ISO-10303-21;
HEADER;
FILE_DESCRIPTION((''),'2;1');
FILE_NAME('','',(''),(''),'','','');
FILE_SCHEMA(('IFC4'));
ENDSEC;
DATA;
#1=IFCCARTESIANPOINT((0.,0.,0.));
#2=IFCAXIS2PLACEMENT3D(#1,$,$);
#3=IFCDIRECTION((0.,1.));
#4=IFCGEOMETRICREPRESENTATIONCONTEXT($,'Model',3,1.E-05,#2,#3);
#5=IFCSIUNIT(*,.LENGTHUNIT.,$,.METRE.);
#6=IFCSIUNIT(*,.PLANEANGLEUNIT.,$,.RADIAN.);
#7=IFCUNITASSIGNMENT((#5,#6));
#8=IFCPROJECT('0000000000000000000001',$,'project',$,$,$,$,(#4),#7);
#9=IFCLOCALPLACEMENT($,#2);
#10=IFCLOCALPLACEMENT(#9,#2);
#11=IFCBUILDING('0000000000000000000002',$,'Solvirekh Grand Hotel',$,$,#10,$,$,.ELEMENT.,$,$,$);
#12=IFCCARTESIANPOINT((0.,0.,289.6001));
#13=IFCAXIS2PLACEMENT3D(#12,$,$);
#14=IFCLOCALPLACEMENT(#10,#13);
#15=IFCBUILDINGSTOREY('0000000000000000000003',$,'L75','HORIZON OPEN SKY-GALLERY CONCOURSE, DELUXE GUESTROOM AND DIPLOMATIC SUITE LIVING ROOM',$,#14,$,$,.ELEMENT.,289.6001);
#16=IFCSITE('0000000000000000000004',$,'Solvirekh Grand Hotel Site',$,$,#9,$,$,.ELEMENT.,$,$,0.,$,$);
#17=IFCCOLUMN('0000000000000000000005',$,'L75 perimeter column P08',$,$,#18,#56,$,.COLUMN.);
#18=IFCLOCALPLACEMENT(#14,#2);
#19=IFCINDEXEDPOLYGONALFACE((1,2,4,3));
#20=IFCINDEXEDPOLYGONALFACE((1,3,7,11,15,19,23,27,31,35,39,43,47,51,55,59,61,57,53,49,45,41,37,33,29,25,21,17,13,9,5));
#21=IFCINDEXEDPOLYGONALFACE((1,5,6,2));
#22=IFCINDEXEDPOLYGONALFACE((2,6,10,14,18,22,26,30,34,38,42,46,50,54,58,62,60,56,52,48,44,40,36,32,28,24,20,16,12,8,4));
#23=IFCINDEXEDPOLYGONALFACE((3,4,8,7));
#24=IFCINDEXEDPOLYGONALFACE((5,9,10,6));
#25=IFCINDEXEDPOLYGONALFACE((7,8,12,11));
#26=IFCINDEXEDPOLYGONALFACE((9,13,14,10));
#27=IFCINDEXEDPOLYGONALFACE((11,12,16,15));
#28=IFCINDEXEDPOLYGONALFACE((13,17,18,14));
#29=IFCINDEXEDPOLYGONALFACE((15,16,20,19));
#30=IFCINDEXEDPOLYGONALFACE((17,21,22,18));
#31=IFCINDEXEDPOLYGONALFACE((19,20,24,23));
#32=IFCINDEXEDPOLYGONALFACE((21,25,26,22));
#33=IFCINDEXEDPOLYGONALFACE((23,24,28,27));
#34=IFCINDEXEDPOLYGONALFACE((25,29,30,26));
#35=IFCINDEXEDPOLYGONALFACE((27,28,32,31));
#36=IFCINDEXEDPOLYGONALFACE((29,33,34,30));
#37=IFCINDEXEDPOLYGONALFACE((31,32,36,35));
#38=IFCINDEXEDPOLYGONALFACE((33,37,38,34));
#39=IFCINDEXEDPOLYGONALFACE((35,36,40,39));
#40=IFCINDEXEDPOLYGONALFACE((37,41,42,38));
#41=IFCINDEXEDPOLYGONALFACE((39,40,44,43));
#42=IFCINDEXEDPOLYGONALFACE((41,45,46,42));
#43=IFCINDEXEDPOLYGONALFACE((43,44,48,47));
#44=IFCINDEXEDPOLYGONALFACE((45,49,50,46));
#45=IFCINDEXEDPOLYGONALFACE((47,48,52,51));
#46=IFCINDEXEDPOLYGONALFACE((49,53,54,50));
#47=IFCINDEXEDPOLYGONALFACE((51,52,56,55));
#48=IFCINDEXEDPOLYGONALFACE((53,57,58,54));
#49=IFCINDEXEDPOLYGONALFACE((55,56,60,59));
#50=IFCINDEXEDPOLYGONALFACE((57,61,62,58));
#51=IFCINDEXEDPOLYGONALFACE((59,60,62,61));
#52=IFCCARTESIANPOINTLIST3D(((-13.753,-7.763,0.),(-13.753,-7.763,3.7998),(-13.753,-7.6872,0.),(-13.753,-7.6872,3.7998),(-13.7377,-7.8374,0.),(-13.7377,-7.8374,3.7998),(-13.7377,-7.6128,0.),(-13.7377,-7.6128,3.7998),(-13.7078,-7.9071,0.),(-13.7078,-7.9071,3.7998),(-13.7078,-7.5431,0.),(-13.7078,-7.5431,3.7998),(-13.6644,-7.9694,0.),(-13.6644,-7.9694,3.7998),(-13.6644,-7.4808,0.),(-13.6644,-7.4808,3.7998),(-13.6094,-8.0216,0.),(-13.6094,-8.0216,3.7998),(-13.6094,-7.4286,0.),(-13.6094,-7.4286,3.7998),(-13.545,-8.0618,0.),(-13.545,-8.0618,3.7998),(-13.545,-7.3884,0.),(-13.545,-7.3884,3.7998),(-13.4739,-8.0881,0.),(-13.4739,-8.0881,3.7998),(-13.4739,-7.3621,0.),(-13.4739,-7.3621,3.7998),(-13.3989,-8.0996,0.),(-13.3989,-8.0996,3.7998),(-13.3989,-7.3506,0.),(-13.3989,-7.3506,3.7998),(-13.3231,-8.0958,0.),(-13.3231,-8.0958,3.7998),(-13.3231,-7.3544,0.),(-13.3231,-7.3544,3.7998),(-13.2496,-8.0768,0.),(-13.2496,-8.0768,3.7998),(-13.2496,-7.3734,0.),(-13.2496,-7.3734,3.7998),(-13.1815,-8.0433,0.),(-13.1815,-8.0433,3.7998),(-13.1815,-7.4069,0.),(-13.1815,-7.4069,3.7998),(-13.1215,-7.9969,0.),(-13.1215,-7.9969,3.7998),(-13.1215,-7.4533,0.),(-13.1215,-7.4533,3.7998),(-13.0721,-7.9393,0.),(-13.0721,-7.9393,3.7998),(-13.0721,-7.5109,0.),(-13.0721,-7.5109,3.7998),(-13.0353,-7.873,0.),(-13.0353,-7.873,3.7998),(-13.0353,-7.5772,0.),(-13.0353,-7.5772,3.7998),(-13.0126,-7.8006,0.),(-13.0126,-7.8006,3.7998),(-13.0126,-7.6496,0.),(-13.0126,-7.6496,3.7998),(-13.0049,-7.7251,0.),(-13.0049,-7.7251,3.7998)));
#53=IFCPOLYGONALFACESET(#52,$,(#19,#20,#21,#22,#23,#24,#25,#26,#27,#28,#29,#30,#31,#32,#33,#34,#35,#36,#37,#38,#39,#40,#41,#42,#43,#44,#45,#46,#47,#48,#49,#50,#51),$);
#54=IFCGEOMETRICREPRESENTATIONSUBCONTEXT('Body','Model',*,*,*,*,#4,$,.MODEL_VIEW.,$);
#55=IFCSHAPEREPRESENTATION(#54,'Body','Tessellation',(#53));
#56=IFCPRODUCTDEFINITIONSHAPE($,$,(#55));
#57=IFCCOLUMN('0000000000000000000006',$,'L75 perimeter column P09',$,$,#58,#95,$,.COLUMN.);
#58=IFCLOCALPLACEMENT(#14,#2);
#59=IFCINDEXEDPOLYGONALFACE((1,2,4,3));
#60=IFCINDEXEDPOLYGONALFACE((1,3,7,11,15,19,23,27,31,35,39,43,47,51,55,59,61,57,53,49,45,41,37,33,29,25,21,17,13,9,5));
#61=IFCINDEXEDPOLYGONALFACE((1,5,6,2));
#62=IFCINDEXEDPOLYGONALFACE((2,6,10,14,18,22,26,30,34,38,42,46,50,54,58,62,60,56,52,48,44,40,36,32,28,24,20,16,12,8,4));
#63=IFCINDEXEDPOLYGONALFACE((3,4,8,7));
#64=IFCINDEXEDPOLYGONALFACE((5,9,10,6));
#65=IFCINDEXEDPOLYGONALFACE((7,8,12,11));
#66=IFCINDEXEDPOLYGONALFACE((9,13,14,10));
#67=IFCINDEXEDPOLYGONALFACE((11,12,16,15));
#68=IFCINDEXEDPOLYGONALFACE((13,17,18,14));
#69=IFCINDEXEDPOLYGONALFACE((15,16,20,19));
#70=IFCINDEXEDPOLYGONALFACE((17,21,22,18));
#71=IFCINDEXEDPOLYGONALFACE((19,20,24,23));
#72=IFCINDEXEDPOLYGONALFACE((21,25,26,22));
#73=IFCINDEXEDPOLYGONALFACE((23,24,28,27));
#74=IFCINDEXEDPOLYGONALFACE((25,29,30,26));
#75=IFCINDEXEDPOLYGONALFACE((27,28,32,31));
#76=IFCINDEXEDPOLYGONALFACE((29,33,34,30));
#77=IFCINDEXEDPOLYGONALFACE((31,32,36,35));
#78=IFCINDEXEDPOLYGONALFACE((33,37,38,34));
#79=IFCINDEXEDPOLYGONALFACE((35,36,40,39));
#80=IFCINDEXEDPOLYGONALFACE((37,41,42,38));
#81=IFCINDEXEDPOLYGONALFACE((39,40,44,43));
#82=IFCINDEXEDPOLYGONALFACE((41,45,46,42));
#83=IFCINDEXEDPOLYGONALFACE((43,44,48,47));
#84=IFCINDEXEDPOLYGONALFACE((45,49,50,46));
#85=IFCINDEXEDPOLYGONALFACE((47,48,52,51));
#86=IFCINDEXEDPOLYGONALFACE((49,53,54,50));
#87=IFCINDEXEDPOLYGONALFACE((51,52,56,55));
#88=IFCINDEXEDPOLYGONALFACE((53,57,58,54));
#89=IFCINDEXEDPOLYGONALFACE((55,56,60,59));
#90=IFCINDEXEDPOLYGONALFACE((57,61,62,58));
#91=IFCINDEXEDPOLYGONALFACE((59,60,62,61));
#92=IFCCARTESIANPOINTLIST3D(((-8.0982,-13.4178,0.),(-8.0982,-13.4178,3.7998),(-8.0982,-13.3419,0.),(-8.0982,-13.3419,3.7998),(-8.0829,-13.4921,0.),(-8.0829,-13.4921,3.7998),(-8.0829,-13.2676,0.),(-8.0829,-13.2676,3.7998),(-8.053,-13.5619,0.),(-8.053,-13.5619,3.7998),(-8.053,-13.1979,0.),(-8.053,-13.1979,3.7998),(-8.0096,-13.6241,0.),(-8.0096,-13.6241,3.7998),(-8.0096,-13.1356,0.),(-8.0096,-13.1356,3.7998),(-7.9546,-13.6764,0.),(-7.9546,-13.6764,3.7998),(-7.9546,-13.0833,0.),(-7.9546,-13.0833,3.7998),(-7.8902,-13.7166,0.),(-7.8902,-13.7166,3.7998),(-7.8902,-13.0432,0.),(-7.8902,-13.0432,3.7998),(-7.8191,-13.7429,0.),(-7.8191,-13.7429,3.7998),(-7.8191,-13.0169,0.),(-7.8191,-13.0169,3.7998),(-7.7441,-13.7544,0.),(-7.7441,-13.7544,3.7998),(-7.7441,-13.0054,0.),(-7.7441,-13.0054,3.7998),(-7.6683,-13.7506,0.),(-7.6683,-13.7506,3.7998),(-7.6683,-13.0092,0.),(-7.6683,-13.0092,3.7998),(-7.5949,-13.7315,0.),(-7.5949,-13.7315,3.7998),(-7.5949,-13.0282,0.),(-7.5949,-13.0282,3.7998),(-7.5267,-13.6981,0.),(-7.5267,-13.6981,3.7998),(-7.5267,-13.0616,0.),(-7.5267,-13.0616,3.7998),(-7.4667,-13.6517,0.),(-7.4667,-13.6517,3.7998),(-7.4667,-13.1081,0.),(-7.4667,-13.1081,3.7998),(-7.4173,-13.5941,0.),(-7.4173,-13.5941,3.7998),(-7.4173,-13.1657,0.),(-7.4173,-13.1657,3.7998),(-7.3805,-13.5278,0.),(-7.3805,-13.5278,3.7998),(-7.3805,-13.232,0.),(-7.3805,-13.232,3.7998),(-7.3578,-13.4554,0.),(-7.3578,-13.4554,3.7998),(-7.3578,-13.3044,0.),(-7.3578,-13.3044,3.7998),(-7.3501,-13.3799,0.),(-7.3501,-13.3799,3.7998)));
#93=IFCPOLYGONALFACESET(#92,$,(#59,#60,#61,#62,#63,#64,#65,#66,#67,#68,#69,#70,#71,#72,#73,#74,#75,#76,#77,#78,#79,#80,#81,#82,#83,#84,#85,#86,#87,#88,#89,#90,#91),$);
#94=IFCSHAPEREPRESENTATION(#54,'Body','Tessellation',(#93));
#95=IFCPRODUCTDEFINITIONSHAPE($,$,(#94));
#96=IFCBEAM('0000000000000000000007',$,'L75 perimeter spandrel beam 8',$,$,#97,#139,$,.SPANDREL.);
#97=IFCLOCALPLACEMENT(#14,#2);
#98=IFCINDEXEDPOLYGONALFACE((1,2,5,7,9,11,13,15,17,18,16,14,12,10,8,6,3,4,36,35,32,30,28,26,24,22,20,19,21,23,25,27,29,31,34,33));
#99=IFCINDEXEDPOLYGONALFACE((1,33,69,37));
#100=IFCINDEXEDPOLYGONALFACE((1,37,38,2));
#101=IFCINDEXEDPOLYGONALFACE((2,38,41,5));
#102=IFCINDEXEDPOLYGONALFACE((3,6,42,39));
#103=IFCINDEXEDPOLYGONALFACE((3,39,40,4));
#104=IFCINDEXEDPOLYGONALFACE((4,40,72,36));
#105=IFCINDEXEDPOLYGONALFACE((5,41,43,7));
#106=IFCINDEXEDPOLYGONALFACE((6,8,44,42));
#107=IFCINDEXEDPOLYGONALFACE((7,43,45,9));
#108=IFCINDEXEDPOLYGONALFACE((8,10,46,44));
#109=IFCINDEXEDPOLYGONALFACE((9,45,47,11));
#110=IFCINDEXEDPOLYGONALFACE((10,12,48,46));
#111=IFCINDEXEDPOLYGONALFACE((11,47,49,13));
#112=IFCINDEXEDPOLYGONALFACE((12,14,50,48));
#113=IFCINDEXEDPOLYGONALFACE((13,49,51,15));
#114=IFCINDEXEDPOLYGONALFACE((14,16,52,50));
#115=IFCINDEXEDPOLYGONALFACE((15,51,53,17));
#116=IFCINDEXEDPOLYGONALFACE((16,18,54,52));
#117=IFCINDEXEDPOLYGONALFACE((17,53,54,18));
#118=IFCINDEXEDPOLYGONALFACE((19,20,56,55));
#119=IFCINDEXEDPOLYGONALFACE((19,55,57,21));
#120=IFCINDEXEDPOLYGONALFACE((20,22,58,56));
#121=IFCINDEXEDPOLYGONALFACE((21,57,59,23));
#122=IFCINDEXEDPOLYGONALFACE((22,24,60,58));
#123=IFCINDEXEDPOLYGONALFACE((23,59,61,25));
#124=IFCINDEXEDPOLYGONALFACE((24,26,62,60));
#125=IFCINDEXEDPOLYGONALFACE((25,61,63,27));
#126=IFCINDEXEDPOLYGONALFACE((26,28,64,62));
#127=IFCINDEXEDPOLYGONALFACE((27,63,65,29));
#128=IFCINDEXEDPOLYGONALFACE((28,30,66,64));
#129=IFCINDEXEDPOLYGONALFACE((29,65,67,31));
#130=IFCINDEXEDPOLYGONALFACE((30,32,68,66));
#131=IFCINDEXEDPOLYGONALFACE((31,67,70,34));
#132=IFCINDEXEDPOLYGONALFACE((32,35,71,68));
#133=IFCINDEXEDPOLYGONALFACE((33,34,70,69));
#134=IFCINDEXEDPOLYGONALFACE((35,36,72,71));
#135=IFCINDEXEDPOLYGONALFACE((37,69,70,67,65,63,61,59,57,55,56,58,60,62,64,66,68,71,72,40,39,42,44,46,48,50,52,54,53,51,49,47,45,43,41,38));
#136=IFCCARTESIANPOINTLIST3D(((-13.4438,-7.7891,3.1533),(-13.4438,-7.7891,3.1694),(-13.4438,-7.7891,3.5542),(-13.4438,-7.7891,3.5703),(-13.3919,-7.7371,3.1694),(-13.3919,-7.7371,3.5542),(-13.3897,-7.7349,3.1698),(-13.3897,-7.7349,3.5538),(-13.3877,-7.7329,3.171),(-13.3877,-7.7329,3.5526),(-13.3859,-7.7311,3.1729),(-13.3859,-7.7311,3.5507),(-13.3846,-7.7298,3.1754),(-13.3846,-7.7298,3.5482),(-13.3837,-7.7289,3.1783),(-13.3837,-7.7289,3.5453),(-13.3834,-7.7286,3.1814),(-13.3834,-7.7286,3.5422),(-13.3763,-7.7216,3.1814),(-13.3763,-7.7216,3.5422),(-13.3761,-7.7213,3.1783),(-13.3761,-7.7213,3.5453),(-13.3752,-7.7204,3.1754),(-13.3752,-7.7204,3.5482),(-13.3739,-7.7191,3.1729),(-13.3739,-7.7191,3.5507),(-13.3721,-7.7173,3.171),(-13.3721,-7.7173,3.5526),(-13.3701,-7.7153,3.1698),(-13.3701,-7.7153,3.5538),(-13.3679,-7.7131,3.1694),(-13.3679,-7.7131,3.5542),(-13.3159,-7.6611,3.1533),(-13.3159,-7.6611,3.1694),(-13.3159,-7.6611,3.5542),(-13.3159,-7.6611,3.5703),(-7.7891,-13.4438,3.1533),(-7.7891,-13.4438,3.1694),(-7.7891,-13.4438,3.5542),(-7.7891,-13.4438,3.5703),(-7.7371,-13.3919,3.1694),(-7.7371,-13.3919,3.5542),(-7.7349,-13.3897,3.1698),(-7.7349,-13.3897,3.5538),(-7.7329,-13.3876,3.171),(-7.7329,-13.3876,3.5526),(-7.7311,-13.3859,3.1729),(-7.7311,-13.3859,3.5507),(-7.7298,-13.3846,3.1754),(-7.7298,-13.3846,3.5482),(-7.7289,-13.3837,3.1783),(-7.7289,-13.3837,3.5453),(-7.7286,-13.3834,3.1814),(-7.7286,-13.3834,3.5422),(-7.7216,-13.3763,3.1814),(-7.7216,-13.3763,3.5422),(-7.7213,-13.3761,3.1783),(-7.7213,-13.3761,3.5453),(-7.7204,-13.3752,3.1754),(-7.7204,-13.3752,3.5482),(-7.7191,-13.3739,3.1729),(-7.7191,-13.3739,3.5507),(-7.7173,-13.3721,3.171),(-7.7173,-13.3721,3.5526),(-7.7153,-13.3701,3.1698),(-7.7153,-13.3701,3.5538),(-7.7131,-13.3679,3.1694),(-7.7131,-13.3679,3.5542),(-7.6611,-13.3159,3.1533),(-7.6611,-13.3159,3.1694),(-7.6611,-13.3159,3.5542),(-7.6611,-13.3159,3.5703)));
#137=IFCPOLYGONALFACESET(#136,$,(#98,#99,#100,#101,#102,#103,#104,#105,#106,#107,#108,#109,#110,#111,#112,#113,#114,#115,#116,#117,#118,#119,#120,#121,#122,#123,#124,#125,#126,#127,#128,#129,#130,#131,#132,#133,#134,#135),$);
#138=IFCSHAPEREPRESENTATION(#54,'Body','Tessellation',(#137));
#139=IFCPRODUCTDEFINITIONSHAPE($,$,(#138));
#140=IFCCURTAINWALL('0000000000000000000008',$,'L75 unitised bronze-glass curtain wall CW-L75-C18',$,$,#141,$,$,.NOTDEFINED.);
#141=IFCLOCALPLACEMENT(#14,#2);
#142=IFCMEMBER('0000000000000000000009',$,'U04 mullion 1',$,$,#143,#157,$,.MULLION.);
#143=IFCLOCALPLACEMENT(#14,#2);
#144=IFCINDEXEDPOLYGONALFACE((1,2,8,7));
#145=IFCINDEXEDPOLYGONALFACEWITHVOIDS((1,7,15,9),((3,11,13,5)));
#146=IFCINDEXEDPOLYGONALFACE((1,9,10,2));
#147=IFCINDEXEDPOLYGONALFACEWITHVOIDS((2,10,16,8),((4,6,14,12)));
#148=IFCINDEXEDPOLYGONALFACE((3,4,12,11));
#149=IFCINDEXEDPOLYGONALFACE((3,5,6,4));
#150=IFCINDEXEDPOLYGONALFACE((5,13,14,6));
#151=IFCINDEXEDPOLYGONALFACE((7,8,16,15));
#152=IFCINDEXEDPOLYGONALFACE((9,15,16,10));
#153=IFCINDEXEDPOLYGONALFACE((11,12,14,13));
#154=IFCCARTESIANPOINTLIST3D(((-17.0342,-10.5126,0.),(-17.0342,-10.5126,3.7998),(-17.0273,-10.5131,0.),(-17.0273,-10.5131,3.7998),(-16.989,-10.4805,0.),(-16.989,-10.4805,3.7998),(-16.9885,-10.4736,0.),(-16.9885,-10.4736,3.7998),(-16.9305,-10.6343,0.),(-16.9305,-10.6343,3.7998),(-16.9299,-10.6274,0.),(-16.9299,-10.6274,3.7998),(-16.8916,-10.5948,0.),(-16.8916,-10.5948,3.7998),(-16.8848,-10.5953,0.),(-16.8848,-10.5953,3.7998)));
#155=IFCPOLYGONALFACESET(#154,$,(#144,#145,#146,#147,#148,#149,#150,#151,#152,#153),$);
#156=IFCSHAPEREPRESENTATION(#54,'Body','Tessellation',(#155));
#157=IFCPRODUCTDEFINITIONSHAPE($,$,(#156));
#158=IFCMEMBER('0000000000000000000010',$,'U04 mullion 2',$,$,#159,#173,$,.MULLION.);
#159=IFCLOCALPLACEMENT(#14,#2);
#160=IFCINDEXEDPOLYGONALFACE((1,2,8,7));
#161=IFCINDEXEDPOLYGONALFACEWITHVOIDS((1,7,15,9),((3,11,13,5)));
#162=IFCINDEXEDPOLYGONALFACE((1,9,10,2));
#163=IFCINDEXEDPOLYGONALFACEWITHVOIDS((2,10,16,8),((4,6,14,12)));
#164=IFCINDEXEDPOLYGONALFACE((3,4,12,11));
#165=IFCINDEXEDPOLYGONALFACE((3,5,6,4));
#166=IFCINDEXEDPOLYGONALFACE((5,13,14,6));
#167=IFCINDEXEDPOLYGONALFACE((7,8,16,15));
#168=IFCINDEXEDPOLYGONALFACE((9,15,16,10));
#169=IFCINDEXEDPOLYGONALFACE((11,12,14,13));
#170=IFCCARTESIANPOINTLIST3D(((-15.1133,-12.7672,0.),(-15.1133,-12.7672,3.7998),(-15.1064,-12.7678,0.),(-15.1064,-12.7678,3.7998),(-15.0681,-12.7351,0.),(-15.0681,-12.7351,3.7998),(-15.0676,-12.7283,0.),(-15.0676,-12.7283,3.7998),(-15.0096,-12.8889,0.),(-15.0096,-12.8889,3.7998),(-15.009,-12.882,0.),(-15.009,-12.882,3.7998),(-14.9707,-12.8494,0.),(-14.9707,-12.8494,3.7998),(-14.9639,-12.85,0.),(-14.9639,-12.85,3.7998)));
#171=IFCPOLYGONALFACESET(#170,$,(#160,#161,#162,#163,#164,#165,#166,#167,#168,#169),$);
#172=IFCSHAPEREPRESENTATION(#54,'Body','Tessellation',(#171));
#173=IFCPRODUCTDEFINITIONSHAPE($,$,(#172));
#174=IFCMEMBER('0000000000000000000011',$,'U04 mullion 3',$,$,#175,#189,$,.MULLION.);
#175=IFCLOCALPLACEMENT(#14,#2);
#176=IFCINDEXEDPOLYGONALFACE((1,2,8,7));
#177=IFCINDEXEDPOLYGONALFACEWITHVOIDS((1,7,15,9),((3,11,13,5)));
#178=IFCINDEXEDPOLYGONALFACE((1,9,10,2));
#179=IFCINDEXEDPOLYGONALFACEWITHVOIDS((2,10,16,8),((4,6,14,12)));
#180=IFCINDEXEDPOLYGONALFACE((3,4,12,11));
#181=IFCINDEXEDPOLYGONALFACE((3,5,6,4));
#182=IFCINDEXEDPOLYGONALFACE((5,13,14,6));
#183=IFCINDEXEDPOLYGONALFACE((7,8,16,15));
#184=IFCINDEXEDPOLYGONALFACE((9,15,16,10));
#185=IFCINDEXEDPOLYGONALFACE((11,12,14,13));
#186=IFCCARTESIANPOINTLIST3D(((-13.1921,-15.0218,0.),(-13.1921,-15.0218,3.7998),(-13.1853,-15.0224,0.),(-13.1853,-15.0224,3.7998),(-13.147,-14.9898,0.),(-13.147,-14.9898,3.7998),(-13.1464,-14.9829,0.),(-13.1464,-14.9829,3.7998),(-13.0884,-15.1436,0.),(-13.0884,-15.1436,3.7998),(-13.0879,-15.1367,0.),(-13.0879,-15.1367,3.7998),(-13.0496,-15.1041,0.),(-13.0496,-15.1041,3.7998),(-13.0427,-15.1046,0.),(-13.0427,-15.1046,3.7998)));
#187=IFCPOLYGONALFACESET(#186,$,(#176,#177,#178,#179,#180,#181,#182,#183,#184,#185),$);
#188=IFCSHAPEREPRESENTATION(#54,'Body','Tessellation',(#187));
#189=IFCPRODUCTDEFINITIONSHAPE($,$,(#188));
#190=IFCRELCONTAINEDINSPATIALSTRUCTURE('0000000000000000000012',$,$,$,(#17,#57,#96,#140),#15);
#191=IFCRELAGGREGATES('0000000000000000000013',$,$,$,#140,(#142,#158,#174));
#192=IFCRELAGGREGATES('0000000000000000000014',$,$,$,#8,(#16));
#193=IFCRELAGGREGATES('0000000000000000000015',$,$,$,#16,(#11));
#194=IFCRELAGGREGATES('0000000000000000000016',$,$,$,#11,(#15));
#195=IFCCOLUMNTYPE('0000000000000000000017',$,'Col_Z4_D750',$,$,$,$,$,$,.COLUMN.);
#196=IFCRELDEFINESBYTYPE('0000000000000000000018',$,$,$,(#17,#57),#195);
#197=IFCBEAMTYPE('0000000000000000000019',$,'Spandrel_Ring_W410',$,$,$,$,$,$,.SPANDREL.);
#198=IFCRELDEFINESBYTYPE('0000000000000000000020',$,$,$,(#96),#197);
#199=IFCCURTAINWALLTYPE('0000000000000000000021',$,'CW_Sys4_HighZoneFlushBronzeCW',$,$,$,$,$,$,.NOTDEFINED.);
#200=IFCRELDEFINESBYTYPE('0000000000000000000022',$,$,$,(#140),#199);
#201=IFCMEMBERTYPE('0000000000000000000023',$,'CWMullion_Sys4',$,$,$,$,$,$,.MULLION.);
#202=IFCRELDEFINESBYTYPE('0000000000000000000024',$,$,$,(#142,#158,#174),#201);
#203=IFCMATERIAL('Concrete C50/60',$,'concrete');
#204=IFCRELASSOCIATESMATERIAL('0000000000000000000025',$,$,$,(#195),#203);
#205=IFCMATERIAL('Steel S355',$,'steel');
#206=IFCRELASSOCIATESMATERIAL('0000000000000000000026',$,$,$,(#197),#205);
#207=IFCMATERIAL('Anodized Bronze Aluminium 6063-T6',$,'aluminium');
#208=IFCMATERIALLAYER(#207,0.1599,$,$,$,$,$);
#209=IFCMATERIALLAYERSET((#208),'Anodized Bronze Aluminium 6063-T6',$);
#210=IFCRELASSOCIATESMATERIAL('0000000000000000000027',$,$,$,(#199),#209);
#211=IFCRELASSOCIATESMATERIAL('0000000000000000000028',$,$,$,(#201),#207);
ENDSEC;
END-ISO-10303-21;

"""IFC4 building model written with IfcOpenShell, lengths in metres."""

from ifc_helpers import new_model, si_unit, direction, frame, origin, origin_2d, place, context, subcontext, project, spatial, hollow_rectangle, circle, i_section, extrude, source, transform, mapped, material, layer, layer_set, material_profile, profile_set, type_object, element, aggregate, save


model = new_model("IFC4")

# Units and contexts
model_context = context("Model", 3, precision=1e-05, world=origin(), true_north=direction((0.0, 1.0)))
body_context = subcontext(model_context, "Body", "Model", "MODEL_VIEW")
ifc_project = project(units=[si_unit("LENGTHUNIT", "METRE"), si_unit("PLANEANGLEUNIT", "RADIAN")], contexts=[model_context])

# Site, building, storey
site_placement = place(None, origin())
site = spatial("IfcSite", under=ifc_project, at=site_placement, Name="Solvirekh Grand Hotel Site", CompositionType="ELEMENT", RefElevation=0.0)
building_placement = place(site_placement, origin())
building = spatial("IfcBuilding", under=site, at=building_placement, Name="Solvirekh Grand Hotel", CompositionType="ELEMENT")
storey_placement = place(building_placement, frame((0.0, 0.0, 289.6001)))
storey = spatial("IfcBuildingStorey", under=building, at=storey_placement, Name="L75", Description="HORIZON OPEN SKY-GALLERY CONCOURSE, DELUXE GUESTROOM AND DIPLOMATIC SUITE LIVING ROOM", CompositionType="ELEMENT", Elevation=289.6001)

# Columns
ifc_material_1 = material(Name="Concrete C50/60", Category="concrete")
ifc_material_profile_1 = material_profile(ifc_material_1, circle(Radius=0.375, at=origin_2d()), Name="RC CIRC D750")
ifc_profile_set_1 = profile_set([ifc_material_profile_1], Name="Concrete C50/60")
column_type = type_object("IfcColumnType", Name="Col_Z4_D750", PredefinedType="COLUMN", material=ifc_profile_set_1)
for number, where, z_axis, x_axis, name in (
    (1, (-13.3799, -7.7251, 0.0), (0.0, 0.0, 1.0), (1.0, 0.0, 0.0), "L75 perimeter column P08"),
    (2, (-7.7251, -13.3799, 0.0), (0.0, 0.0, 1.0), (1.0, 0.0, 0.0), "L75 perimeter column P09"),
):
    element("IfcColumn", number, at=place(storey_placement, frame(where, z_axis=z_axis, x_axis=x_axis)), inside=storey, type_object=column_type, Name=name, PredefinedType="COLUMN", context=body_context, shape_type="SweptSolid", body=[
        extrude(circle(Radius=0.375, at=origin_2d()), origin(), (0.0, 0.0, 1.0), 3.7998),
    ])

# Beam
ifc_material_2 = material(Name="Steel S355", Category="steel")
ifc_material_profile_2 = material_profile(ifc_material_2, i_section(OverallWidth=0.1809, OverallDepth=0.417, WebThickness=0.01, FlangeThickness=0.0161, FilletRadius=0.012, at=origin_2d()), Name="W410X85")
ifc_profile_set_2 = profile_set([ifc_material_profile_2], Name="Steel S355")
beam_type = type_object("IfcBeamType", Name="Spandrel_Ring_W410", PredefinedType="SPANDREL", material=ifc_profile_set_2)
beam_placement = place(storey_placement, frame((-13.3799, -7.7251, 3.3618), z_axis=(0.707107, -0.707107, 0.0), x_axis=(0.707107, 0.707107, 0.0)))
element("IfcBeam", 3, at=beam_placement, inside=storey, type_object=beam_type, Name="L75 perimeter spandrel beam 8", PredefinedType="SPANDREL", context=body_context, shape_type="SweptSolid", body=[
    extrude(i_section(OverallWidth=0.1809, OverallDepth=0.417, WebThickness=0.01, FlangeThickness=0.0161, FilletRadius=0.012, at=origin_2d()), origin(), (0.0, 0.0, 1.0), 7.9971),
])

# Curtain wall, members
ifc_material_3 = material(Name="Anodized Bronze Aluminium 6063-T6", Category="aluminium")
ifc_layer_1 = layer(ifc_material_3, 0.1599)
ifc_layer_set_1 = layer_set([ifc_layer_1], Name="Anodized Bronze Aluminium 6063-T6")
curtain_wall_type = type_object("IfcCurtainWallType", Name="CW_Sys4_HighZoneFlushBronzeCW", PredefinedType="NOTDEFINED", material=ifc_layer_set_1)
curtain_wall_placement = place(storey_placement, origin())
curtain_wall = element("IfcCurtainWall", 4, at=curtain_wall_placement, inside=storey, type_object=curtain_wall_type, Name="L75 unitised bronze-glass curtain wall CW-L75-C18", PredefinedType="NOTDEFINED")
ifc_material_profile_3 = material_profile(ifc_material_3, hollow_rectangle(XDim=0.0601, YDim=0.1599, WallThickness=0.0049, at=origin_2d()), Name="ALU RHS 160X60X5")
ifc_profile_set_3 = profile_set([ifc_material_profile_3], Name="Anodized Bronze Aluminium 6063-T6")
member_type_1 = type_object("IfcMemberType", Name="CWMullion_Sys4", PredefinedType="MULLION", material=ifc_profile_set_3)
shared_shape_1 = source(origin(), body_context, "Body", "SweptSolid", [
    extrude(hollow_rectangle(XDim=0.0601, YDim=0.1599, WallThickness=0.0049, at=origin_2d()), origin(), (0.0, 0.0, 1.0), 3.7998),
])
member_1_placement = place(storey_placement, frame((-16.9595, -10.554, 0.0), z_axis=(0.0, 0.0, 1.0), x_axis=(0.761176, 0.648545, 0.0)))
member_1 = element("IfcMember", 5, at=member_1_placement, type_object=member_type_1, Name="U04 mullion 1", PredefinedType="MULLION", context=body_context, shape_type="MappedRepresentation", body=[
    mapped(shared_shape_1, transform((0.0, 0.0, 0.0), x_axis=(1.0, 0.0, 0.0), y_axis=(0.0, 1.0, 0.0), z_axis=(0.0, 0.0, 1.0), scale=1.0)),
])
member_2_placement = place(storey_placement, frame((-15.0386, -12.8086, 0.0), z_axis=(0.0, 0.0, 1.0), x_axis=(0.761176, 0.648545, 0.0)))
member_2 = element("IfcMember", 6, at=member_2_placement, type_object=member_type_1, Name="U04 mullion 2", PredefinedType="MULLION", context=body_context, shape_type="MappedRepresentation", body=[
    mapped(shared_shape_1, transform((0.0, 0.0, 0.0), x_axis=(1.0, 0.0, 0.0), y_axis=(0.0, 1.0, 0.0), z_axis=(0.0, 0.0, 1.0), scale=1.0)),
])
member_3_placement = place(storey_placement, frame((-13.1174, -15.0632, 0.0), z_axis=(0.0, 0.0, 1.0), x_axis=(0.761176, 0.648545, 0.0)))
member_3 = element("IfcMember", 7, at=member_3_placement, type_object=member_type_1, Name="U04 mullion 3", PredefinedType="MULLION", context=body_context, shape_type="MappedRepresentation", body=[
    mapped(shared_shape_1, transform((0.0, 0.0, 0.0), x_axis=(1.0, 0.0, 0.0), y_axis=(0.0, 1.0, 0.0), z_axis=(0.0, 0.0, 1.0), scale=1.0)),
])
aggregate(curtain_wall, [member_1, member_2, member_3])

save(model, "model.ifc")
